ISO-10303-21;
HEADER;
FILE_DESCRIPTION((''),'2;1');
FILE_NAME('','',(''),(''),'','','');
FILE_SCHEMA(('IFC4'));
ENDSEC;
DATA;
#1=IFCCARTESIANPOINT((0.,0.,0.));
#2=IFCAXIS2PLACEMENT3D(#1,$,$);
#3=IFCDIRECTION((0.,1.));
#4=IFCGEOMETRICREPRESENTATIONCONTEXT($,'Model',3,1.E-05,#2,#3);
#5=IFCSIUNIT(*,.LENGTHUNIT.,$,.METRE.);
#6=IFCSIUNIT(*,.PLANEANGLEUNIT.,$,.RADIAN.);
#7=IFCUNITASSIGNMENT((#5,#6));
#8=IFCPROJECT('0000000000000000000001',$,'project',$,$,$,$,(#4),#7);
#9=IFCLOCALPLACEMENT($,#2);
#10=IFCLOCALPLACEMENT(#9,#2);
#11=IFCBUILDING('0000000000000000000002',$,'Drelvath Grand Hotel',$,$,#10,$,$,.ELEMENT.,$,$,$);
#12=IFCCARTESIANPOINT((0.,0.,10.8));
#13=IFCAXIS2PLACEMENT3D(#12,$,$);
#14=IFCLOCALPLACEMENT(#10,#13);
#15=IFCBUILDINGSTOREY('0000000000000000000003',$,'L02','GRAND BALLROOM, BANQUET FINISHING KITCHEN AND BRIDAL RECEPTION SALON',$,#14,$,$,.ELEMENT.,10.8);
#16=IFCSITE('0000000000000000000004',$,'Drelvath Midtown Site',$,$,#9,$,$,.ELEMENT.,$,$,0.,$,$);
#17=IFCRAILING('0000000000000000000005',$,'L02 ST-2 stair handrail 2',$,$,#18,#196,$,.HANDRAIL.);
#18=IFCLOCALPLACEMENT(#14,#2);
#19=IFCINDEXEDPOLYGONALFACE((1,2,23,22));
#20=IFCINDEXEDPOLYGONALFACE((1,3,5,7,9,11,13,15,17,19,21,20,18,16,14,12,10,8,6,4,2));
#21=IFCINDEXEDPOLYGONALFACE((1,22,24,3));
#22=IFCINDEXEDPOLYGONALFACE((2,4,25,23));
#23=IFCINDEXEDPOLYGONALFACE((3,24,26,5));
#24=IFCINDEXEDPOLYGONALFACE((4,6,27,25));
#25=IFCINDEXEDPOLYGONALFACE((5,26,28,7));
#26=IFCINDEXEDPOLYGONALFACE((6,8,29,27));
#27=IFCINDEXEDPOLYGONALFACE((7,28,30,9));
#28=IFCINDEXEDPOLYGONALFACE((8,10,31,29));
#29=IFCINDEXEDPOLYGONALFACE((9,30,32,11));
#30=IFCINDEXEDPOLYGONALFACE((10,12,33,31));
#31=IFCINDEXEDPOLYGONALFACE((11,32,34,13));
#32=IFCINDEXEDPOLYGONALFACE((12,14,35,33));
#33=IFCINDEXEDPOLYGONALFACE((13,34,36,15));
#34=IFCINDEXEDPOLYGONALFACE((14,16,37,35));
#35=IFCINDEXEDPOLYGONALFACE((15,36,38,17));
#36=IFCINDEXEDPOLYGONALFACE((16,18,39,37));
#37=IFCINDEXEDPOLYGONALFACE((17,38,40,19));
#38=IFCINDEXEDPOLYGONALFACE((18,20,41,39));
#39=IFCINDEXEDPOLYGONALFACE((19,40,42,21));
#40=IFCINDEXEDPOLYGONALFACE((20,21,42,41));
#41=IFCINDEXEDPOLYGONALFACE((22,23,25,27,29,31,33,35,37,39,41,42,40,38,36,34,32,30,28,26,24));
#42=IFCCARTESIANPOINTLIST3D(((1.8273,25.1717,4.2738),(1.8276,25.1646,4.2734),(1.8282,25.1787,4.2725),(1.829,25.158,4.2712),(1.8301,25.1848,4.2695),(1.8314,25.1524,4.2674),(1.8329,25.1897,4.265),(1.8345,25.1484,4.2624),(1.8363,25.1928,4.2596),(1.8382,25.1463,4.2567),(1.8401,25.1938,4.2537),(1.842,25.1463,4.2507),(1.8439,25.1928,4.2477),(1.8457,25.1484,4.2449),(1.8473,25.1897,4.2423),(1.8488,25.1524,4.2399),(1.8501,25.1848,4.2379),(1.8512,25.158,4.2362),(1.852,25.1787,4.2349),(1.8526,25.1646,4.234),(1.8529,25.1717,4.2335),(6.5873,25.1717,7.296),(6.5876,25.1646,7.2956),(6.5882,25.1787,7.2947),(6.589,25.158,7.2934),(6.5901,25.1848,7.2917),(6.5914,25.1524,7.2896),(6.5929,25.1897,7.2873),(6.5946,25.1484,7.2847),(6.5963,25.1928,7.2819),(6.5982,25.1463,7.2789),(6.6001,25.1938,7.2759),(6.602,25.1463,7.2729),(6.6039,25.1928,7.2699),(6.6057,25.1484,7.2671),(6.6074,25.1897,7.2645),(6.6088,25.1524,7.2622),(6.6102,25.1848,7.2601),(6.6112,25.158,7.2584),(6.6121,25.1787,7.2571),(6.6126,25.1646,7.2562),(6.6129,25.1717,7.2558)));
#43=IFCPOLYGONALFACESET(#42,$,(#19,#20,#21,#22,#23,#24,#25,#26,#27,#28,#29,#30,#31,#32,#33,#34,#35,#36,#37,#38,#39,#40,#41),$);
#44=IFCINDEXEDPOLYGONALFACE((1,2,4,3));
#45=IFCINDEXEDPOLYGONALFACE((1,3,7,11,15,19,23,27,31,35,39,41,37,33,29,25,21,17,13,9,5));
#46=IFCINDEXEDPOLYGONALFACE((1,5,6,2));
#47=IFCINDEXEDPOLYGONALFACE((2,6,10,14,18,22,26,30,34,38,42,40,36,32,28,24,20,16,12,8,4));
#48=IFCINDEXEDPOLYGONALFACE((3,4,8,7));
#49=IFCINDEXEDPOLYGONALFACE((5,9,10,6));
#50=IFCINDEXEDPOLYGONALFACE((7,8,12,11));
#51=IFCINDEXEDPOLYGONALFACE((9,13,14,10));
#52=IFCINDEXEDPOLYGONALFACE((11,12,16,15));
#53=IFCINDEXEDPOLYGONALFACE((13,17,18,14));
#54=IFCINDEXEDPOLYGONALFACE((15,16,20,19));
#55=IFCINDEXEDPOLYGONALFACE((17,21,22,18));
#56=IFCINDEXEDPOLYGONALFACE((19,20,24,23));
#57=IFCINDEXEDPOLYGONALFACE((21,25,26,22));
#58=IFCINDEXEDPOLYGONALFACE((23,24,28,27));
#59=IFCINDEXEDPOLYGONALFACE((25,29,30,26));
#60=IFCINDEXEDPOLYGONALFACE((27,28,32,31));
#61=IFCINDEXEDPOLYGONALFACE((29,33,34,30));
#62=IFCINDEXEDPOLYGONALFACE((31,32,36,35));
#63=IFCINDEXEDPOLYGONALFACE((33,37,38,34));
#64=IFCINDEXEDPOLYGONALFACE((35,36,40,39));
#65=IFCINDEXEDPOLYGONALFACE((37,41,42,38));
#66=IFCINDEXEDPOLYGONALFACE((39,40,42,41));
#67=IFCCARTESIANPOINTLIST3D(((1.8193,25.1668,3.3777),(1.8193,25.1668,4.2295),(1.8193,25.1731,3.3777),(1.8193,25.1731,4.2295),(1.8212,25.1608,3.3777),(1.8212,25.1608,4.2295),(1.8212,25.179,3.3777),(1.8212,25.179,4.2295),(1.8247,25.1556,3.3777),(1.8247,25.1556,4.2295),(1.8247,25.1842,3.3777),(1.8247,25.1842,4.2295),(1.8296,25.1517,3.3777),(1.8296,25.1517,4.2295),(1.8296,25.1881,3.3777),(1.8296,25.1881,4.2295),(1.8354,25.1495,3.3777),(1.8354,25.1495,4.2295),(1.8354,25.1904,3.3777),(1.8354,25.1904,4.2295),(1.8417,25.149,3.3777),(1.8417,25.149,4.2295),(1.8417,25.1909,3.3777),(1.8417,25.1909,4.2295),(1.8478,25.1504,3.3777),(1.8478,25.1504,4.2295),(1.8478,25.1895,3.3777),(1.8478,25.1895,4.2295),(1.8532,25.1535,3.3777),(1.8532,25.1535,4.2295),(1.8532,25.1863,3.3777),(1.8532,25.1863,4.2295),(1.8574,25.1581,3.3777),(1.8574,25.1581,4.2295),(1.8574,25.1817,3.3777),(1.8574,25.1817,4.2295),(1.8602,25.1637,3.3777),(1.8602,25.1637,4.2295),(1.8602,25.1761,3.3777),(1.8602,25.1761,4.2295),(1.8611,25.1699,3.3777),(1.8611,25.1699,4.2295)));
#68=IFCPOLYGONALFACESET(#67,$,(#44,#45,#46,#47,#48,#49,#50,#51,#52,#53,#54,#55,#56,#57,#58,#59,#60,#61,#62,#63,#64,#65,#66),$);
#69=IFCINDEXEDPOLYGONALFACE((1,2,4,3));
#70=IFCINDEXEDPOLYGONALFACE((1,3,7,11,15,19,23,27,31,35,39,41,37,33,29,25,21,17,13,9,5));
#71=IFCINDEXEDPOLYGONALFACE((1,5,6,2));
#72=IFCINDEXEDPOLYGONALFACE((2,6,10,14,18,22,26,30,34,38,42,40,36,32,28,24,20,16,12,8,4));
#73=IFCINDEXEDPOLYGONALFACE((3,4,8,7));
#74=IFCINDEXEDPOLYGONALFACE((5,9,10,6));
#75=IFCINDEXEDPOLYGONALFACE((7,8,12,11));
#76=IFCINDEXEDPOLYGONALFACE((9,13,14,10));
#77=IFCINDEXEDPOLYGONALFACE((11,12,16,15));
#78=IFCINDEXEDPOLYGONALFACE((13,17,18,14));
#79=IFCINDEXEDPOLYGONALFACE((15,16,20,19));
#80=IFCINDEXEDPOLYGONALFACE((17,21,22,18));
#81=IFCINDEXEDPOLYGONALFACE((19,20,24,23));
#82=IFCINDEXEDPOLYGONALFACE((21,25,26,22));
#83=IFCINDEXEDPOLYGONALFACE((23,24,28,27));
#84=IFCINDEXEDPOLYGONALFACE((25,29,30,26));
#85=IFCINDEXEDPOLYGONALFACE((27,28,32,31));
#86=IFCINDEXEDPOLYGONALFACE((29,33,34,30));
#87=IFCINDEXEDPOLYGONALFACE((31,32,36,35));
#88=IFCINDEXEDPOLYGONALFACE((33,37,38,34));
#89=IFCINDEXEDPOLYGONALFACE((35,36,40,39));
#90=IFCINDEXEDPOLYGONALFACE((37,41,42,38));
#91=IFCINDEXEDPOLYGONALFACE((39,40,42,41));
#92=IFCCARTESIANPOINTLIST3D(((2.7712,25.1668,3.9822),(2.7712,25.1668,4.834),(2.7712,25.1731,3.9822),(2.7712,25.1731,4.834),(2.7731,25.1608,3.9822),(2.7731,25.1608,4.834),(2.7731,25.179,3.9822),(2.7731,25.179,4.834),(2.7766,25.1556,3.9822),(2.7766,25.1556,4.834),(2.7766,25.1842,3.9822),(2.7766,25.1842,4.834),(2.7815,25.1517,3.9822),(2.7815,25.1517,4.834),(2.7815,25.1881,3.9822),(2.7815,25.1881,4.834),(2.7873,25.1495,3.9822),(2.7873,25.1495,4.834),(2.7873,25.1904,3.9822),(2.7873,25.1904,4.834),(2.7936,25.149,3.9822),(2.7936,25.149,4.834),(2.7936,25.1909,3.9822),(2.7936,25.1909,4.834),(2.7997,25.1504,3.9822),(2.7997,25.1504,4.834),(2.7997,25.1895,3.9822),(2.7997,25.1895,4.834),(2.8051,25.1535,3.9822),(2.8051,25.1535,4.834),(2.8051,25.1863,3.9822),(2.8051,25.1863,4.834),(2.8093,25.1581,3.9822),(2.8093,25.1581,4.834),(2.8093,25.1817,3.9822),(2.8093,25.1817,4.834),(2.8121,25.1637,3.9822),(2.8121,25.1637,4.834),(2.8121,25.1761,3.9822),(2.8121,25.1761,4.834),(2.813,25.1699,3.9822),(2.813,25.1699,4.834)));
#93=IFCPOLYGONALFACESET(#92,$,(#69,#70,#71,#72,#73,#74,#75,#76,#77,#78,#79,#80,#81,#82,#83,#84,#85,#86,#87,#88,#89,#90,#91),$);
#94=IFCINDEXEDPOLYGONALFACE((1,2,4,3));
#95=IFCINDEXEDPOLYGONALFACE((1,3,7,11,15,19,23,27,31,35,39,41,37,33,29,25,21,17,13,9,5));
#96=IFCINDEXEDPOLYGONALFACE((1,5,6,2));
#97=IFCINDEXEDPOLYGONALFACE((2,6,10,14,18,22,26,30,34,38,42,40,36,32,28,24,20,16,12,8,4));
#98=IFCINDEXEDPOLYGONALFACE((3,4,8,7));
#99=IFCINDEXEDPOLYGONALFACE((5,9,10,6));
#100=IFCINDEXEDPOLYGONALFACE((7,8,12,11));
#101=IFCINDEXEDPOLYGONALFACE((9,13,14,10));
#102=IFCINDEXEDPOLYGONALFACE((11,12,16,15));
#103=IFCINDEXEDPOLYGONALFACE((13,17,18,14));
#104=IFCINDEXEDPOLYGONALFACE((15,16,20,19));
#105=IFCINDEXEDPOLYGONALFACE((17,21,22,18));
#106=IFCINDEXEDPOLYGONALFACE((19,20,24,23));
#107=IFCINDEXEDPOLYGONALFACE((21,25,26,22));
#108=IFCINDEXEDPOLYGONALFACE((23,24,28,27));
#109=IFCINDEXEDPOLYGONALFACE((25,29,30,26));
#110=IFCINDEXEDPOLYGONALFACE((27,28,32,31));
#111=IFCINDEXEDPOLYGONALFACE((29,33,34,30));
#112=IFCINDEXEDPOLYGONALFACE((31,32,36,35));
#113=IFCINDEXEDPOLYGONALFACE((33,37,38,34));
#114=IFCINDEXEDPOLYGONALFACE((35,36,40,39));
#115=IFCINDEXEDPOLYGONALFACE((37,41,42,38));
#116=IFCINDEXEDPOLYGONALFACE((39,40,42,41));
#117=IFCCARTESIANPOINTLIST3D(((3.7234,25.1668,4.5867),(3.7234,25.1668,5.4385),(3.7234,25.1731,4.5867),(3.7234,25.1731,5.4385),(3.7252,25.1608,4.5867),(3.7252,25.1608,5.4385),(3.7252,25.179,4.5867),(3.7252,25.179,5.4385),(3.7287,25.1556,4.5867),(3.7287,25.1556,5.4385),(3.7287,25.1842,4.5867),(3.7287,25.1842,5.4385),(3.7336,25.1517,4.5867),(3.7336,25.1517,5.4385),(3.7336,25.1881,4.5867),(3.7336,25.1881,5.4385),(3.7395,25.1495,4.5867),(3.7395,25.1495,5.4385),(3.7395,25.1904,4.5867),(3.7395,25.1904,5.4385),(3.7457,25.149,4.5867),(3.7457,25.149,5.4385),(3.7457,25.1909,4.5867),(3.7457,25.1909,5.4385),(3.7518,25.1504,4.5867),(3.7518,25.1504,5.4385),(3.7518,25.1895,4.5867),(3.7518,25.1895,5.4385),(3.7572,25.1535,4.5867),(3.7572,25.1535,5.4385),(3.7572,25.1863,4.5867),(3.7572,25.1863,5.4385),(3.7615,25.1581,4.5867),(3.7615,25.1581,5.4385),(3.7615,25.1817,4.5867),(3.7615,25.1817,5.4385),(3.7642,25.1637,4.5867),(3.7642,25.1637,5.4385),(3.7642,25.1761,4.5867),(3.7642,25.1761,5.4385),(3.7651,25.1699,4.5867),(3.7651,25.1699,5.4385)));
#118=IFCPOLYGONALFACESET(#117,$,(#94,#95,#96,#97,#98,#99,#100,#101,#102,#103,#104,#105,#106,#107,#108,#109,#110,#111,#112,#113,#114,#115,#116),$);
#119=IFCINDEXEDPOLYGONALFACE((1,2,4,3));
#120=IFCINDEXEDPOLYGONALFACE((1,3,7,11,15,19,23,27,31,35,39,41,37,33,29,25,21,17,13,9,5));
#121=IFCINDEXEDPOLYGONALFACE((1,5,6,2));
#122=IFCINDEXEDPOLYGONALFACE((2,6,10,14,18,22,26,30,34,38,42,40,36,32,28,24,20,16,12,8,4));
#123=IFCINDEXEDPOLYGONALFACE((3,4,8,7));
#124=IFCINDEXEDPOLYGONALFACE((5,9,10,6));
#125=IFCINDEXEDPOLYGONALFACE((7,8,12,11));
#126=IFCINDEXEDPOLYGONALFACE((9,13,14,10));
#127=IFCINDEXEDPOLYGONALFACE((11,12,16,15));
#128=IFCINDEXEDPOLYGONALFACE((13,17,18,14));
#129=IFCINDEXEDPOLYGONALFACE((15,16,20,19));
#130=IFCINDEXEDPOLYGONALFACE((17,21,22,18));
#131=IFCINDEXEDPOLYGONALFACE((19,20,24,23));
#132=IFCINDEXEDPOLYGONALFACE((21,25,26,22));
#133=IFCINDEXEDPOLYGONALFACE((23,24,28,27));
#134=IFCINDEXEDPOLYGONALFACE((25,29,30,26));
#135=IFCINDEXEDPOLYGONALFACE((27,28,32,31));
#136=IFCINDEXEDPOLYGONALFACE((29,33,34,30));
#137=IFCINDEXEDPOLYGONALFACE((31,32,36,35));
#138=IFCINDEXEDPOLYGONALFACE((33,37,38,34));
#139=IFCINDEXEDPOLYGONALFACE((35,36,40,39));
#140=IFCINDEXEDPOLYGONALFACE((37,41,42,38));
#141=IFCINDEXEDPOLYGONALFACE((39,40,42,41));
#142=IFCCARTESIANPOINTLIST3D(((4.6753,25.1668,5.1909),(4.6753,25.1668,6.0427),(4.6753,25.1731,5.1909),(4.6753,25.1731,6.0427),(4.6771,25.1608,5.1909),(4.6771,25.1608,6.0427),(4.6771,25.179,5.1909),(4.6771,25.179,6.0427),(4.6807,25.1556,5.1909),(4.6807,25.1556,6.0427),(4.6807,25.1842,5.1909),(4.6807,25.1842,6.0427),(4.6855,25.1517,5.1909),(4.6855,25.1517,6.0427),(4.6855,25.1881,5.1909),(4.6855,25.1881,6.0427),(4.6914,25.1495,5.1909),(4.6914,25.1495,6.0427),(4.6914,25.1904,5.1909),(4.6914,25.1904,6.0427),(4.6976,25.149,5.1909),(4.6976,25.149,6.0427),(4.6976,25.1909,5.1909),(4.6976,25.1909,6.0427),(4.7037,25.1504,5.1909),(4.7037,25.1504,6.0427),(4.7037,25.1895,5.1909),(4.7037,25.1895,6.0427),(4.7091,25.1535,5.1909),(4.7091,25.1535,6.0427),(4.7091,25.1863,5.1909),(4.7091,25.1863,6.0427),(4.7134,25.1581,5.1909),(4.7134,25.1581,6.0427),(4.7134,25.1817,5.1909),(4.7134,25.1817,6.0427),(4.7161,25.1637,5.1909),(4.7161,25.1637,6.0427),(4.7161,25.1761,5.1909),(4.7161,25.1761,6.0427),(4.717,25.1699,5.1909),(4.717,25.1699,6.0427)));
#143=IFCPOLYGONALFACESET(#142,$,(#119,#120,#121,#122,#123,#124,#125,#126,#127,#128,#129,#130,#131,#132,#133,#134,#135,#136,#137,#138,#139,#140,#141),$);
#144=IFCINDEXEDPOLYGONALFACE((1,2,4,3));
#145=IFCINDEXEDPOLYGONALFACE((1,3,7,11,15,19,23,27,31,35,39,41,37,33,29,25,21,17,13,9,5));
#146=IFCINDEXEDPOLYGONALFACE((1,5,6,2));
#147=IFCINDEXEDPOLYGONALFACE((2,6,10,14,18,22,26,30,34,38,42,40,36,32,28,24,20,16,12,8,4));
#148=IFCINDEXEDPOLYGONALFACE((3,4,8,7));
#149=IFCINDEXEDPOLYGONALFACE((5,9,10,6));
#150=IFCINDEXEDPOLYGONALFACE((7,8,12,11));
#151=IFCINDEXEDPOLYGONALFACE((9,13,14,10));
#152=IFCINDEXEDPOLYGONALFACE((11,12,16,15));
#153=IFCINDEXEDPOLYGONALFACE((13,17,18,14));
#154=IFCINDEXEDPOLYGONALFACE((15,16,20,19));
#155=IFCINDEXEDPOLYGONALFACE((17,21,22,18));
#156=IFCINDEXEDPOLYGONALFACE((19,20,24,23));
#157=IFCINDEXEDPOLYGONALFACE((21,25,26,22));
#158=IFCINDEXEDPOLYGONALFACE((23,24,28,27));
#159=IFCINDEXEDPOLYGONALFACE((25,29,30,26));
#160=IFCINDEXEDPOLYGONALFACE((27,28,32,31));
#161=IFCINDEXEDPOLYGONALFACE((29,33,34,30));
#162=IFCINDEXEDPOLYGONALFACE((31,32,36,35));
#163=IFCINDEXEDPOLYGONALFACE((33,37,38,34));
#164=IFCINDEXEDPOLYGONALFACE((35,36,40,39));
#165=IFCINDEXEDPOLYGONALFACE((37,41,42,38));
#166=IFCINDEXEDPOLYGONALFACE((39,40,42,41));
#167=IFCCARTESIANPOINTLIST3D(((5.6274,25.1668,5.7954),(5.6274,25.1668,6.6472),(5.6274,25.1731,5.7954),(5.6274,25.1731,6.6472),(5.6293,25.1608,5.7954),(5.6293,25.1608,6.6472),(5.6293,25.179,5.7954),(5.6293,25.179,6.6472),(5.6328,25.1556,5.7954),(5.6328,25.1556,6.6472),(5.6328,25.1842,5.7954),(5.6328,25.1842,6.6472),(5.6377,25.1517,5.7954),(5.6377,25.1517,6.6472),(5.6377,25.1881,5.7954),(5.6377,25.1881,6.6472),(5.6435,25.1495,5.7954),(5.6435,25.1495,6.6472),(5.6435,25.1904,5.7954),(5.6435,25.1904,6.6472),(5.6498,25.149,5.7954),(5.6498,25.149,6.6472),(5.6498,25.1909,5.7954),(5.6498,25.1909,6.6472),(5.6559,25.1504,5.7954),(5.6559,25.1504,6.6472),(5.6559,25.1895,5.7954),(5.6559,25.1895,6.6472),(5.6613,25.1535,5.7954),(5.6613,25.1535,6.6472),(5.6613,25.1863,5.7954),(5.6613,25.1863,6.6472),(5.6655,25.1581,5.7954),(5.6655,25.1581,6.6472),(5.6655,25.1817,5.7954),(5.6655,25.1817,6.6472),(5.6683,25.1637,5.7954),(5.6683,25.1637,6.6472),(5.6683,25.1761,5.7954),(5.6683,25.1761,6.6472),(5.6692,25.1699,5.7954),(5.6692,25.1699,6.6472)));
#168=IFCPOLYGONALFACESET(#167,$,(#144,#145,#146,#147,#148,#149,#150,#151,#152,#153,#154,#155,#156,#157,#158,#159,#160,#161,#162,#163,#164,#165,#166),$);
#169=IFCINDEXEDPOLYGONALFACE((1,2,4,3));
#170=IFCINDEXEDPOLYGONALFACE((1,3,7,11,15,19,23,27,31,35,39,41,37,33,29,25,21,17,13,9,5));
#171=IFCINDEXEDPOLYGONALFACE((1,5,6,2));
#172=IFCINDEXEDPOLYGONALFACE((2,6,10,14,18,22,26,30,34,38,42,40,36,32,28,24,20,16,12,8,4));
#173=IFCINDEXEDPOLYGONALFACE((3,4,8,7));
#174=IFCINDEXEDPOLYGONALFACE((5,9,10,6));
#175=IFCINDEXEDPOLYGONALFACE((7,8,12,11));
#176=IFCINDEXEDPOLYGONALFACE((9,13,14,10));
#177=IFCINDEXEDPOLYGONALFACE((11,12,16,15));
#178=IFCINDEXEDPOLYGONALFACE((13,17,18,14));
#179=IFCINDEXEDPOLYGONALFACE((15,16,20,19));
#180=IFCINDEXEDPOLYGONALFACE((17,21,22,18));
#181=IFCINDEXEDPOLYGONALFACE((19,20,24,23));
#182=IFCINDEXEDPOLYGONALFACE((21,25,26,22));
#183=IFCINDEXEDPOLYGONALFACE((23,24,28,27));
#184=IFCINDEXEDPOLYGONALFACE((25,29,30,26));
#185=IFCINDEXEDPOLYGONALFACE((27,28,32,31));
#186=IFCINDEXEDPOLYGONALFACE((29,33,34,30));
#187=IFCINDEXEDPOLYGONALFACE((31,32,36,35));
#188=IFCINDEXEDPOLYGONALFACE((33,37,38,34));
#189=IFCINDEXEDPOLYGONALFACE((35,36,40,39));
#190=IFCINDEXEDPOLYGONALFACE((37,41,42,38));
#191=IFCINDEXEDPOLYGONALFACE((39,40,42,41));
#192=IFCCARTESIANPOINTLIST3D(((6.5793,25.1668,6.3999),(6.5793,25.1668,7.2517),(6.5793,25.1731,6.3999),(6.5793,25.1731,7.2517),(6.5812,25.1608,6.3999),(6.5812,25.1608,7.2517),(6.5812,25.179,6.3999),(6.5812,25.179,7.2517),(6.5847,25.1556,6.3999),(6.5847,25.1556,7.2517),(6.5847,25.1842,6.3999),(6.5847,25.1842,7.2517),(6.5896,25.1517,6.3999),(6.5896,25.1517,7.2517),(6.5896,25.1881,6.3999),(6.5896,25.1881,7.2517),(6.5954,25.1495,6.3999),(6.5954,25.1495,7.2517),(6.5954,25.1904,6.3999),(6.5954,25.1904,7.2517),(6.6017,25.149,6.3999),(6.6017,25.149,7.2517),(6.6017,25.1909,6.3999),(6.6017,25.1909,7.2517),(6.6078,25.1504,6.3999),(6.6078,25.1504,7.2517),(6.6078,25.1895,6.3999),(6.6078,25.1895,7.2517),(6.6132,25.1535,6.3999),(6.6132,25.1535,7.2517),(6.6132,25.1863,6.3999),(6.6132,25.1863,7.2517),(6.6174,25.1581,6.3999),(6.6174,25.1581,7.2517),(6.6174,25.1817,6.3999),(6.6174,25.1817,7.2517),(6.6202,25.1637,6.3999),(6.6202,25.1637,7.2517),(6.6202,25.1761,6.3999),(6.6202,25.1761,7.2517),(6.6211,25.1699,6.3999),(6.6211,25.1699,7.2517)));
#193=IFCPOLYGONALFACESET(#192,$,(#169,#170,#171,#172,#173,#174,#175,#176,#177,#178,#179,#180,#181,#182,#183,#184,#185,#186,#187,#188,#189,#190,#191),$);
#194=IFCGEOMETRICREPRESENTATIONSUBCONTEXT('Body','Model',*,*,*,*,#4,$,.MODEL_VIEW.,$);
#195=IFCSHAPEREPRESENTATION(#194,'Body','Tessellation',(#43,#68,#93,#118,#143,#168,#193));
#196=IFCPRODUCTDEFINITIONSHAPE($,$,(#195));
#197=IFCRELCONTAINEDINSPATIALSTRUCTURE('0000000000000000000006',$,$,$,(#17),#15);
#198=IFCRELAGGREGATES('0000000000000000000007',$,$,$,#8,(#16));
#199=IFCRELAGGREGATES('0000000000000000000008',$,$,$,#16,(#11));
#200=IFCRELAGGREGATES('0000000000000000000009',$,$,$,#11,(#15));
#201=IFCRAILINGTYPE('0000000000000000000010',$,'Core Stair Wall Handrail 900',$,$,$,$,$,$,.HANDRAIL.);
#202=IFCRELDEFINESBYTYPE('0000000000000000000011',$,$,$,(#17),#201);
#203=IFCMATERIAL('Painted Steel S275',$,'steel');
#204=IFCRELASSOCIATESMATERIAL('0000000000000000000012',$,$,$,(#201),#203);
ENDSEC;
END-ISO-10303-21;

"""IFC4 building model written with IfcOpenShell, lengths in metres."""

from ifc_helpers import new_model, si_unit, direction, frame, origin, origin_2d, place, context, subcontext, project, spatial, circle, extrude, material, type_object, element, save


model = new_model("IFC4")

# Units and contexts
model_context = context("Model", 3, precision=1e-05, world=origin(), true_north=direction((0.0, 1.0)))
body_context = subcontext(model_context, "Body", "Model", "MODEL_VIEW")
ifc_project = project(units=[si_unit("LENGTHUNIT", "METRE"), si_unit("PLANEANGLEUNIT", "RADIAN")], contexts=[model_context])

# Site, building, storey
site_placement = place(None, origin())
site = spatial("IfcSite", under=ifc_project, at=site_placement, Name="Drelvath Midtown Site", CompositionType="ELEMENT", RefElevation=0.0)
building_placement = place(site_placement, origin())
building = spatial("IfcBuilding", under=site, at=building_placement, Name="Drelvath Grand Hotel", CompositionType="ELEMENT")
storey_placement = place(building_placement, frame((0.0, 0.0, 10.8)))
storey = spatial("IfcBuildingStorey", under=building, at=storey_placement, Name="L02", Description="GRAND BALLROOM, BANQUET FINISHING KITCHEN AND BRIDAL RECEPTION SALON", CompositionType="ELEMENT", Elevation=10.8)

# Shared definitions
ifc_material_1 = material(Name="Painted Steel S275", Category="steel")

# Railing
railing_type_1 = type_object("IfcRailingType", Name="Core Stair Wall Handrail 900", PredefinedType="HANDRAIL", material=ifc_material_1)
railing_1_placement = place(storey_placement, frame((1.8401, 25.1699, 3.3777)))
element("IfcRailing", 1, at=railing_1_placement, inside=storey, type_object=railing_type_1, Name="L02 ST-2 stair handrail 2", PredefinedType="HANDRAIL", context=body_context, shape_type="SweptSolid", body=[
    extrude(circle(Radius=0.0239, at=origin_2d()), frame((0.0, 0.0, 0.876), z_axis=(0.844214, 0.0, 0.536007), x_axis=(0.0, 1.0, 0.0)), (0.0, 0.0, 1.0), 5.6384),
    extrude(circle(Radius=0.021, at=origin_2d()), origin(), (0.0, 0.0, 1.0), 0.8518),
    extrude(circle(Radius=0.021, at=origin_2d()), frame((0.9519, 0.0, 0.6045)), (0.0, 0.0, 1.0), 0.8518),
    extrude(circle(Radius=0.021, at=origin_2d()), frame((1.9041, 0.0, 1.209)), (0.0, 0.0, 1.0), 0.8518),
    extrude(circle(Radius=0.021, at=origin_2d()), frame((2.856, 0.0, 1.8132)), (0.0, 0.0, 1.0), 0.8518),
    extrude(circle(Radius=0.021, at=origin_2d()), frame((3.8081, 0.0, 2.4177)), (0.0, 0.0, 1.0), 0.8518),
    extrude(circle(Radius=0.021, at=origin_2d()), frame((4.76, 0.0, 3.0222)), (0.0, 0.0, 1.0), 0.8518),
])

save(model, "model.ifc")
